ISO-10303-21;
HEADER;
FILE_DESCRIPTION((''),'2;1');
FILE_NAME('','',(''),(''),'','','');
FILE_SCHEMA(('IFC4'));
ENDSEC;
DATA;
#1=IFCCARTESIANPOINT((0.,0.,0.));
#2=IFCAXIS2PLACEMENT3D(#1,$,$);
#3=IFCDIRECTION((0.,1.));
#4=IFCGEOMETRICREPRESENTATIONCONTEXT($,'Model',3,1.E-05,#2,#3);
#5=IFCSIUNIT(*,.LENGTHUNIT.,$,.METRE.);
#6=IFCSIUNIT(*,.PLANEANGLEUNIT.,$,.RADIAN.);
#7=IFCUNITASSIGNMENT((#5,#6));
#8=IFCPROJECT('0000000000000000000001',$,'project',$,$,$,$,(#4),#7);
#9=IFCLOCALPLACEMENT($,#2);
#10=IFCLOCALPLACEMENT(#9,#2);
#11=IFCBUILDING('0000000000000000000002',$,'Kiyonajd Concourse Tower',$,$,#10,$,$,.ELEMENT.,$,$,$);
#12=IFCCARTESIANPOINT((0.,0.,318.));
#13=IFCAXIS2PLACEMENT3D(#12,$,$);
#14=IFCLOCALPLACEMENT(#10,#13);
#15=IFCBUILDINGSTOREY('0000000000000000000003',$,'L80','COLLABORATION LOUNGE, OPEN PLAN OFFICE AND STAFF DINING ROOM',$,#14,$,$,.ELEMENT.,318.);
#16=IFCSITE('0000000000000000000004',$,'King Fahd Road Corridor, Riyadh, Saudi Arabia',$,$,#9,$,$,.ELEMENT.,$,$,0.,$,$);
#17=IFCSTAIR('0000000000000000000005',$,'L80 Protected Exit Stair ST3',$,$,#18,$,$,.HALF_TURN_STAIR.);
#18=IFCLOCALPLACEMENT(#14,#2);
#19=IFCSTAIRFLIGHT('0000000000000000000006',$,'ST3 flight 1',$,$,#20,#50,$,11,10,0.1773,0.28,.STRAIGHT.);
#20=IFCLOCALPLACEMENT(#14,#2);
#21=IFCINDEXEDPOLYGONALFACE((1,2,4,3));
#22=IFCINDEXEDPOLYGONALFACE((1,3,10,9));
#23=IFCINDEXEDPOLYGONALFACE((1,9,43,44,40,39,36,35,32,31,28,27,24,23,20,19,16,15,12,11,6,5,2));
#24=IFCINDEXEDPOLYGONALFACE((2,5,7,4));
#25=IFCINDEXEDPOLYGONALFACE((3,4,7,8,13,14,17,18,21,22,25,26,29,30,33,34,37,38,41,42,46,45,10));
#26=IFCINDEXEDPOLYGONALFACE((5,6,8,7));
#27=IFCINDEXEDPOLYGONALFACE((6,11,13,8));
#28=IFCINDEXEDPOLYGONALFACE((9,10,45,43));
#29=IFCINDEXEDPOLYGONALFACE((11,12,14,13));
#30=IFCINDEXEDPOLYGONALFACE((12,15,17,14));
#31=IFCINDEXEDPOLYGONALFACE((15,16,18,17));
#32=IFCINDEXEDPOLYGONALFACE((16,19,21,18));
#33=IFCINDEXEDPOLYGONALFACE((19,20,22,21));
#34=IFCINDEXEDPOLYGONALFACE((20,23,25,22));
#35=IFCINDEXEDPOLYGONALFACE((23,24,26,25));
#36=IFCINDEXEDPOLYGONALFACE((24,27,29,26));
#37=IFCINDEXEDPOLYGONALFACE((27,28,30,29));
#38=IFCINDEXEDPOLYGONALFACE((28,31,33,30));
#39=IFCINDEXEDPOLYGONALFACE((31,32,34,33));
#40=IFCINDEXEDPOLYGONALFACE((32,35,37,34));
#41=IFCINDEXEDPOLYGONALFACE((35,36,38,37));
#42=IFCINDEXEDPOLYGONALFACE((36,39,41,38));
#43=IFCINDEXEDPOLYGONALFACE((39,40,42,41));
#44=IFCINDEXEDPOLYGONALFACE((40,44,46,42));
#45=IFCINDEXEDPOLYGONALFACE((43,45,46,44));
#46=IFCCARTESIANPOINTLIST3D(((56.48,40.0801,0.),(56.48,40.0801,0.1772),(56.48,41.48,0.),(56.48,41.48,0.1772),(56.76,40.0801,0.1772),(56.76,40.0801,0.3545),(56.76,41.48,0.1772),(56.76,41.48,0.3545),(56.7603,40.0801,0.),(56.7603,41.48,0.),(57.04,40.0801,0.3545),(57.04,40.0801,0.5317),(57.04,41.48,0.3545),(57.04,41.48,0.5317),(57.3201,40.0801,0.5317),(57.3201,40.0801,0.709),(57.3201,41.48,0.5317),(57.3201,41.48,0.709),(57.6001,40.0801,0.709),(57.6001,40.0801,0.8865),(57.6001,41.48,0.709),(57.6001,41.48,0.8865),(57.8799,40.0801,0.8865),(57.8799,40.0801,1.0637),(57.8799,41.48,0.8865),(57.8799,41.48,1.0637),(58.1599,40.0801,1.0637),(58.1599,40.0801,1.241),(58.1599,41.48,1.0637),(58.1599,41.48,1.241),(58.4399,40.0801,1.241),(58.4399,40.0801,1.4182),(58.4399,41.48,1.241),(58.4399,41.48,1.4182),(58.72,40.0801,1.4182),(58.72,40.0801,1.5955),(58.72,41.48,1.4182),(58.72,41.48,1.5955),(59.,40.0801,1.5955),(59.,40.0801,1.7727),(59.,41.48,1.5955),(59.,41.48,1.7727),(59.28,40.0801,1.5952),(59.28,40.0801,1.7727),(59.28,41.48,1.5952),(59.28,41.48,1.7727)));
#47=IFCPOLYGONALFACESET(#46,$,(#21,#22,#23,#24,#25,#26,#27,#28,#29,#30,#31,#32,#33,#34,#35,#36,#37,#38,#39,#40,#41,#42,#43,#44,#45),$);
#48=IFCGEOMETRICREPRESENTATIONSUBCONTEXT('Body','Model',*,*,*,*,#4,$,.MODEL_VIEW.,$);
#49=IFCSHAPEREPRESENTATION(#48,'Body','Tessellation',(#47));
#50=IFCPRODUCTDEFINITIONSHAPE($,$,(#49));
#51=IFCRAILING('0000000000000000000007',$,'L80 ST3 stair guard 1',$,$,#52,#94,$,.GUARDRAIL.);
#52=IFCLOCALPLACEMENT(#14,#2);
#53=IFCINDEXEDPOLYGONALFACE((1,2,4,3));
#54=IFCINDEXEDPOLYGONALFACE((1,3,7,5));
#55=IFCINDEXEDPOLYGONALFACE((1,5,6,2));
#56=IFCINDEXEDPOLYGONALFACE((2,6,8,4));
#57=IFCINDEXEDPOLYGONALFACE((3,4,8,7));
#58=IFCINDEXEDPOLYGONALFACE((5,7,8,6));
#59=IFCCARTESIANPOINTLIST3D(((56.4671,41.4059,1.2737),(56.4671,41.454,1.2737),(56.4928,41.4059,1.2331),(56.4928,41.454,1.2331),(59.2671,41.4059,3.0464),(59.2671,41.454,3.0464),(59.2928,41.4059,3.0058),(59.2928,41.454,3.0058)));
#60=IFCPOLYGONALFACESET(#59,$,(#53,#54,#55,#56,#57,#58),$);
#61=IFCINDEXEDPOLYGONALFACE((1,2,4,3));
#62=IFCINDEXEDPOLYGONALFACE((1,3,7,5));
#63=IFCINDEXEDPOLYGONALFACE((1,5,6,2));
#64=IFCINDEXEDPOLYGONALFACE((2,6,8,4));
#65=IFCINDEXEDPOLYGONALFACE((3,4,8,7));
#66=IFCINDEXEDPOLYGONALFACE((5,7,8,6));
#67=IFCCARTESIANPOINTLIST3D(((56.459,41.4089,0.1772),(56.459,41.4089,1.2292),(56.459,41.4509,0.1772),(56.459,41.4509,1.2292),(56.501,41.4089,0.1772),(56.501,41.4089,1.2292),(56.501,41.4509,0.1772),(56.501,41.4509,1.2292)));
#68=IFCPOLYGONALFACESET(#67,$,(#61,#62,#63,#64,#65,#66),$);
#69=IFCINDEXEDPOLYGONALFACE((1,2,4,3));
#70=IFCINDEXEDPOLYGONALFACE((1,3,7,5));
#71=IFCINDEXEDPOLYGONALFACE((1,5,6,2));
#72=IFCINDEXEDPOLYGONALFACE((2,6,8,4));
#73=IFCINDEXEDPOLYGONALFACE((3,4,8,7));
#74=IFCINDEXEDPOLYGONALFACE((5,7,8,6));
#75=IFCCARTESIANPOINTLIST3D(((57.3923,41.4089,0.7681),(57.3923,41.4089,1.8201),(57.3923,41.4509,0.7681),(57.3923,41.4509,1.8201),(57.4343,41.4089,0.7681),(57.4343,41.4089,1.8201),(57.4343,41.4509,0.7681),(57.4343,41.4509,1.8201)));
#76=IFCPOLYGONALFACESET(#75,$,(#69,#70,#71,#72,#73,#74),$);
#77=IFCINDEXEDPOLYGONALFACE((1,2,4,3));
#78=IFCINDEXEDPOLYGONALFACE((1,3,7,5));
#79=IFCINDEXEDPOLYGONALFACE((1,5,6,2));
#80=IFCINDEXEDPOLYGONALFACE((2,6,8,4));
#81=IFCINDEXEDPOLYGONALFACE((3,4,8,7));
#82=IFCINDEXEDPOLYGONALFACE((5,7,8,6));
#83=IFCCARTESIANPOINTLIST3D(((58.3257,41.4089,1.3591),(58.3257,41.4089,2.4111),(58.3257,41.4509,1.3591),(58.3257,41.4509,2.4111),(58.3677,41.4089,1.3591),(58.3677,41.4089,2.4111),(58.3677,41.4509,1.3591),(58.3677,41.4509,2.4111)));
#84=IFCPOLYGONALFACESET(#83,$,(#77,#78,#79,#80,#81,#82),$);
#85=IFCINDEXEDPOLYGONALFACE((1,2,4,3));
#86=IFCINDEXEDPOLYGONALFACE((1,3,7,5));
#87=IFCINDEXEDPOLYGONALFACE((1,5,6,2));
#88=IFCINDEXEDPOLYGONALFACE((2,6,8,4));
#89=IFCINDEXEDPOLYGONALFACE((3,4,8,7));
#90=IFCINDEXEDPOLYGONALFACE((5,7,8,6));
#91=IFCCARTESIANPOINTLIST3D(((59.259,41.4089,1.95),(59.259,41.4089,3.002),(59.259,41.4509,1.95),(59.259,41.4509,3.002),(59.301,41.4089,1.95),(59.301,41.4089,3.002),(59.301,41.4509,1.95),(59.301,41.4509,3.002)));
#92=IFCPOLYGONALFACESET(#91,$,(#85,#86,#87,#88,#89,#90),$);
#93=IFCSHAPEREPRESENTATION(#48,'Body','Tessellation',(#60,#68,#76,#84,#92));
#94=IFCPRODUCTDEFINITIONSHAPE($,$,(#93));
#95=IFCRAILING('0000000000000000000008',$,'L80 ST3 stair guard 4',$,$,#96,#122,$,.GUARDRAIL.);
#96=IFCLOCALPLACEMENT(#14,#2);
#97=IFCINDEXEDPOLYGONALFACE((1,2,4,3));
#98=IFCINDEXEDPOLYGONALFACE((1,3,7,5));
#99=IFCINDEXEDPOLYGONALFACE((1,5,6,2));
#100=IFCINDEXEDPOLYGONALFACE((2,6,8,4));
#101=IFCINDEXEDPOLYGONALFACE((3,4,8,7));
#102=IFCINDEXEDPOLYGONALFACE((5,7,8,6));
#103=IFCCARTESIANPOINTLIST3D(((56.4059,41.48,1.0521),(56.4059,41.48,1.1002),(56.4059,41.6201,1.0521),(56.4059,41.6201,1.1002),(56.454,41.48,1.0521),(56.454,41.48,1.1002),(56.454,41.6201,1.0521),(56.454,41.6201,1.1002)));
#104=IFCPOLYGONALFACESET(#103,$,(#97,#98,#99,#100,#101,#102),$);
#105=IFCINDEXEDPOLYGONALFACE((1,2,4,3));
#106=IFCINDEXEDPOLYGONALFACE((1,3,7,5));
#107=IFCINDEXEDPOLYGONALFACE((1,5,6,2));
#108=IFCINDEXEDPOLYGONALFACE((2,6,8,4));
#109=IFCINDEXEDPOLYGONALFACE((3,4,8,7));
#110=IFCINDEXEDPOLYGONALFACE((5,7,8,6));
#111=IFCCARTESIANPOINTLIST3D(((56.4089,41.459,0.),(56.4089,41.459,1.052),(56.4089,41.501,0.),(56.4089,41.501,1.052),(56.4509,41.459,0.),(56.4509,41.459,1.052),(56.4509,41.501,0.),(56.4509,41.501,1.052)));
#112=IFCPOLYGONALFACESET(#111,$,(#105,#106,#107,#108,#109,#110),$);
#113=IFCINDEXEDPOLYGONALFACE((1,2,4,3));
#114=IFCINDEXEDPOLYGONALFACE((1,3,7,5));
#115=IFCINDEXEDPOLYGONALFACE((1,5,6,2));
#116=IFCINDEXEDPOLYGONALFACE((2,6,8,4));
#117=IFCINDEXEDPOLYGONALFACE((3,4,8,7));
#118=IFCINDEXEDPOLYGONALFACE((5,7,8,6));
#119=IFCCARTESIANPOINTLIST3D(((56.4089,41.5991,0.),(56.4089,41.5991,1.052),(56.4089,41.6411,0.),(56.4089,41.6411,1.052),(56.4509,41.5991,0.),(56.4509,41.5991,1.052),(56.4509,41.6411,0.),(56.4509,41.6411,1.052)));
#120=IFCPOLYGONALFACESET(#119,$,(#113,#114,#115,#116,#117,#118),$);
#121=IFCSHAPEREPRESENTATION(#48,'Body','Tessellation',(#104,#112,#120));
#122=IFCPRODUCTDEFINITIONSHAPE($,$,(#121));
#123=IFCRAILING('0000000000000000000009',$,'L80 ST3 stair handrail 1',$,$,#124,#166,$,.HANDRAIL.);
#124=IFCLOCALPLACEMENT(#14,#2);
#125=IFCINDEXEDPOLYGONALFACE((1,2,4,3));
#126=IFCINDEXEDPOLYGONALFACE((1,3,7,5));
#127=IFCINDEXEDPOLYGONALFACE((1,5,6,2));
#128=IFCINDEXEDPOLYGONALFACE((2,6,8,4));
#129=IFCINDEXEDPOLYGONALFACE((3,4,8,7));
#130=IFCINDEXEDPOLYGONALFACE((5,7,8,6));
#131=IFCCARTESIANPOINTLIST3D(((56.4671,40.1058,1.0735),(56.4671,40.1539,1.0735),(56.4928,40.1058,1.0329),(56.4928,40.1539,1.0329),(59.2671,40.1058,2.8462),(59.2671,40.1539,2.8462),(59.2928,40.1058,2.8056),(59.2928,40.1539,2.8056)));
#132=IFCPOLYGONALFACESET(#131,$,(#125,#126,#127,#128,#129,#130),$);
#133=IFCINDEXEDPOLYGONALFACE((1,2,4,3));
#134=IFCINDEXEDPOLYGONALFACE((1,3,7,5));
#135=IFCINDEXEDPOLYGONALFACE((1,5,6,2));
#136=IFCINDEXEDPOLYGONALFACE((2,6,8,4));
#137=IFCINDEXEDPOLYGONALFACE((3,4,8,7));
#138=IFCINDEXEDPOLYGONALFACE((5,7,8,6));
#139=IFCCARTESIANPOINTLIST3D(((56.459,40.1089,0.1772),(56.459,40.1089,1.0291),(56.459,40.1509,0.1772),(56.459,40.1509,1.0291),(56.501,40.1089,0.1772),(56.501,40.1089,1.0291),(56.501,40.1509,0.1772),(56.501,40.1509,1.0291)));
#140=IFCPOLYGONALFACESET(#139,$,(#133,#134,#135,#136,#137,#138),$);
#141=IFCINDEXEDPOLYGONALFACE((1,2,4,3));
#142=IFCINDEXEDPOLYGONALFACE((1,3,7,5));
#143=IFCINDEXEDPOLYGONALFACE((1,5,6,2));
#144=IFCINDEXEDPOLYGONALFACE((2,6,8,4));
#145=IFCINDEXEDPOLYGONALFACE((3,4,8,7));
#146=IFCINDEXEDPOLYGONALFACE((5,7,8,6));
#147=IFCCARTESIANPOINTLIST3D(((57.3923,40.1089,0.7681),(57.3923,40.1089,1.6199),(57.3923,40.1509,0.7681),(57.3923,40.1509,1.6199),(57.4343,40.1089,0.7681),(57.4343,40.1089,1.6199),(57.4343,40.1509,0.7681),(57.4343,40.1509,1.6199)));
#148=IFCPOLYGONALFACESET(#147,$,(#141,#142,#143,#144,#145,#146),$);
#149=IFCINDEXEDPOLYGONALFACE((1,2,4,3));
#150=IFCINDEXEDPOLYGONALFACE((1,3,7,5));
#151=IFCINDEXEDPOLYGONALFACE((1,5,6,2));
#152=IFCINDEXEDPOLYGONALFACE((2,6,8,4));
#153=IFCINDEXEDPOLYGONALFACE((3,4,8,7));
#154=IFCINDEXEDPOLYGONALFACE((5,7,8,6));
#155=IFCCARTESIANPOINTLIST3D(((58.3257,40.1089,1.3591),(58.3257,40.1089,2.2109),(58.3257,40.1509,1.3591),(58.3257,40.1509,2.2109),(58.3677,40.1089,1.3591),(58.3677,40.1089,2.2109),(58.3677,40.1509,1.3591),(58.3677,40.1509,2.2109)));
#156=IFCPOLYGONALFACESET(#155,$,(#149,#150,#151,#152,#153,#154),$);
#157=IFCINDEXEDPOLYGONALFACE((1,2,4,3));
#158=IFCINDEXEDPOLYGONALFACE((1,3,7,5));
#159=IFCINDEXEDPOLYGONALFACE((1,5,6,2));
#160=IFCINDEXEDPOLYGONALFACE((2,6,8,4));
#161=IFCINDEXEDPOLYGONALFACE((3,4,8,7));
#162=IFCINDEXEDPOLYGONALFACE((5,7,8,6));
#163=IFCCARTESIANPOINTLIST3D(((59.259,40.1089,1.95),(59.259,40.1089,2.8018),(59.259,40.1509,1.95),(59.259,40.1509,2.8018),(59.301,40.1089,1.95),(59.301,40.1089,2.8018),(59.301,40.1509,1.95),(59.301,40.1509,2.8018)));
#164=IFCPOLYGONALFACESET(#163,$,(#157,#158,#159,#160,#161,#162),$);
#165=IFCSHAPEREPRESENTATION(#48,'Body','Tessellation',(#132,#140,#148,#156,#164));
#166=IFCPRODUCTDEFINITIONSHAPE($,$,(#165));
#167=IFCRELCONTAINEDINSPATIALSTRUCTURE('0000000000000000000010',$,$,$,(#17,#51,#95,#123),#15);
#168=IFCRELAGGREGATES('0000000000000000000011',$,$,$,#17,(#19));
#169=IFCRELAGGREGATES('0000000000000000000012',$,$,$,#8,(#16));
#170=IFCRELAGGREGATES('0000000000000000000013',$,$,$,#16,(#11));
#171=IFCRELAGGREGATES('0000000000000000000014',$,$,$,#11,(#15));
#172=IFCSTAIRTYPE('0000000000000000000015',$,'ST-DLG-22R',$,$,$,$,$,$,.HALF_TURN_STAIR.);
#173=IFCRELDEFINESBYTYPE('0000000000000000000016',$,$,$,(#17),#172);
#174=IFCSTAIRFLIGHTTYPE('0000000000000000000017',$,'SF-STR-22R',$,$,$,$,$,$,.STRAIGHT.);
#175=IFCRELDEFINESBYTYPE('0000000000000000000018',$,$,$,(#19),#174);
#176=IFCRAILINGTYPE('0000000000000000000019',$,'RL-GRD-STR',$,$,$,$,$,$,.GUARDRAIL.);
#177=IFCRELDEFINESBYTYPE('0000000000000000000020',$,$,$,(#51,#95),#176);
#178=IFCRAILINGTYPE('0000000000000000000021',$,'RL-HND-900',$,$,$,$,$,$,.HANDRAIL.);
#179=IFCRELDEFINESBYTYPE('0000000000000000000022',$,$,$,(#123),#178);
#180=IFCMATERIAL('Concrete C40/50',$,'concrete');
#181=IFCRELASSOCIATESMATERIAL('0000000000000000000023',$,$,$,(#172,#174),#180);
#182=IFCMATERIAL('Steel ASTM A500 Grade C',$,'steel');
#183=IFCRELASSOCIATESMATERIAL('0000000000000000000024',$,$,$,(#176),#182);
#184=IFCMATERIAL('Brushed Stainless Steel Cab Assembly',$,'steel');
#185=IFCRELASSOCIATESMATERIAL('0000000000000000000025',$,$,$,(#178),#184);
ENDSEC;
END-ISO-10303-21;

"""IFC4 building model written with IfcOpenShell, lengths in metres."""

from ifc_helpers import new_model, si_unit, direction, frame, origin, origin_2d, place, context, subcontext, project, spatial, polyline, rectangle, outline, extrude, material, type_object, element, aggregate, save


model = new_model("IFC4")

# Units and contexts
model_context = context("Model", 3, precision=1e-05, world=origin(), true_north=direction((0.0, 1.0)))
body_context = subcontext(model_context, "Body", "Model", "MODEL_VIEW")
ifc_project = project(units=[si_unit("LENGTHUNIT", "METRE"), si_unit("PLANEANGLEUNIT", "RADIAN")], contexts=[model_context])

# Site, building, storey
site_placement = place(None, origin())
site = spatial("IfcSite", under=ifc_project, at=site_placement, Name="King Fahd Road Corridor, Riyadh, Saudi Arabia", CompositionType="ELEMENT", RefElevation=0.0)
building_placement = place(site_placement, origin())
building = spatial("IfcBuilding", under=site, at=building_placement, Name="Kiyonajd Concourse Tower", CompositionType="ELEMENT")
storey_placement = place(building_placement, frame((0.0, 0.0, 318.0)))
storey = spatial("IfcBuildingStorey", under=building, at=storey_placement, Name="L80", Description="COLLABORATION LOUNGE, OPEN PLAN OFFICE AND STAFF DINING ROOM", CompositionType="ELEMENT", Elevation=318.0)

# Shared definitions
ifc_material_1 = material(Name="Brushed Stainless Steel Cab Assembly", Category="steel")

# Stair, stair flight
ifc_material_2 = material(Name="Concrete C40/50", Category="concrete")
stair_type = type_object("IfcStairType", Name="ST-DLG-22R", PredefinedType="HALF_TURN_STAIR", material=ifc_material_2)
stair_placement = place(storey_placement, origin())
stair = element("IfcStair", 1, at=stair_placement, inside=storey, type_object=stair_type, Name="L80 Protected Exit Stair ST3", PredefinedType="HALF_TURN_STAIR")
stair_flight_type = type_object("IfcStairFlightType", Name="SF-STR-22R", PredefinedType="STRAIGHT", material=ifc_material_2)
stair_flight_placement = place(storey_placement, frame((56.48, 40.78, 0.0), z_axis=(0.0, 0.0, 1.0), x_axis=(1.0, 0.0, 0.0)))
stair_flight = element("IfcStairFlight", 2, at=stair_flight_placement, type_object=stair_flight_type, Name="ST3 flight 1", NumberOfRisers=11, NumberOfTreads=10, PredefinedType="STRAIGHT", RiserHeight=0.1773, TreadLength=0.28, context=body_context, shape_type="SweptSolid", body=[
    extrude(outline(polyline([(0.0, 0.0), (0.0, 0.1772), (0.28, 0.1772), (0.28, 0.3545), (0.5601, 0.3545), (0.5601, 0.5317), (0.8401, 0.5317), (0.8401, 0.709), (1.1201, 0.709), (1.1201, 0.8865), (1.3999, 0.8865), (1.3999, 1.0637), (1.6799, 1.0637), (1.6799, 1.241), (1.96, 1.241), (1.96, 1.4182), (2.24, 1.4182), (2.24, 1.5955), (2.52, 1.5955), (2.52, 1.7727), (2.8, 1.7727), (2.8, 1.95), (2.8, 1.5952), (0.2803, 0.0), (0.0, 0.0)])), frame((0.0, 0.7, 0.0), z_axis=(0.0, -1.0, 0.0), x_axis=(1.0, 0.0, 0.0)), (0.0, 0.0, 1.0), 1.3999),
])
aggregate(stair, [stair_flight])

# Railings
ifc_material_3 = material(Name="Steel ASTM A500 Grade C", Category="steel")
railing_type_1 = type_object("IfcRailingType", Name="RL-GRD-STR", PredefinedType="GUARDRAIL", material=ifc_material_3)
railing_1_placement = place(storey_placement, frame((56.48, 41.4299, 0.1772)))
element("IfcRailing", 3, at=railing_1_placement, inside=storey, type_object=railing_type_1, Name="L80 ST3 stair guard 1", PredefinedType="GUARDRAIL", context=body_context, shape_type="SweptSolid", body=[
    extrude(rectangle(XDim=0.0481, YDim=0.0481, at=origin_2d()), frame((0.0, 0.0, 1.0762), z_axis=(0.844909, 0.0, 0.53491), x_axis=(0.0, 1.0, 0.0)), (0.0, 0.0, 1.0), 3.314),
    extrude(rectangle(XDim=0.042, YDim=0.042, at=origin_2d()), origin(), (0.0, 0.0, 1.0), 1.052),
    extrude(rectangle(XDim=0.042, YDim=0.042, at=origin_2d()), frame((0.9333, 0.0, 0.5908)), (0.0, 0.0, 1.0), 1.052),
    extrude(rectangle(XDim=0.042, YDim=0.042, at=origin_2d()), frame((1.8667, 0.0, 1.1819)), (0.0, 0.0, 1.0), 1.052),
    extrude(rectangle(XDim=0.042, YDim=0.042, at=origin_2d()), frame((2.8, 0.0, 1.7727)), (0.0, 0.0, 1.0), 1.052),
])
railing_2_placement = place(storey_placement, frame((56.4299, 41.48, 0.0)))
element("IfcRailing", 4, at=railing_2_placement, inside=storey, type_object=railing_type_1, Name="L80 ST3 stair guard 4", PredefinedType="GUARDRAIL", context=body_context, shape_type="SweptSolid", body=[
    extrude(rectangle(XDim=0.0481, YDim=0.0481, at=origin_2d()), frame((0.0, 0.0, 1.0762), z_axis=(0.0, 1.0, 0.0), x_axis=(-1.0, 0.0, 0.0)), (0.0, 0.0, 1.0), 0.1401),
    extrude(rectangle(XDim=0.042, YDim=0.042, at=origin_2d()), origin(), (0.0, 0.0, 1.0), 1.052),
    extrude(rectangle(XDim=0.042, YDim=0.042, at=origin_2d()), frame((0.0, 0.1401, 0.0)), (0.0, 0.0, 1.0), 1.052),
])
railing_type_2 = type_object("IfcRailingType", Name="RL-HND-900", PredefinedType="HANDRAIL", material=ifc_material_1)
railing_3_placement = place(storey_placement, frame((56.48, 40.1299, 0.1772)))
element("IfcRailing", 5, at=railing_3_placement, inside=storey, type_object=railing_type_2, Name="L80 ST3 stair handrail 1", PredefinedType="HANDRAIL", context=body_context, shape_type="SweptSolid", body=[
    extrude(rectangle(XDim=0.0481, YDim=0.0481, at=origin_2d()), frame((0.0, 0.0, 0.876), z_axis=(0.844909, 0.0, 0.53491), x_axis=(0.0, 1.0, 0.0)), (0.0, 0.0, 1.0), 3.314),
    extrude(rectangle(XDim=0.042, YDim=0.042, at=origin_2d()), origin(), (0.0, 0.0, 1.0), 0.8518),
    extrude(rectangle(XDim=0.042, YDim=0.042, at=origin_2d()), frame((0.9333, 0.0, 0.5908)), (0.0, 0.0, 1.0), 0.8518),
    extrude(rectangle(XDim=0.042, YDim=0.042, at=origin_2d()), frame((1.8667, 0.0, 1.1819)), (0.0, 0.0, 1.0), 0.8518),
    extrude(rectangle(XDim=0.042, YDim=0.042, at=origin_2d()), frame((2.8, 0.0, 1.7727)), (0.0, 0.0, 1.0), 0.8518),
])

save(model, "model.ifc")
